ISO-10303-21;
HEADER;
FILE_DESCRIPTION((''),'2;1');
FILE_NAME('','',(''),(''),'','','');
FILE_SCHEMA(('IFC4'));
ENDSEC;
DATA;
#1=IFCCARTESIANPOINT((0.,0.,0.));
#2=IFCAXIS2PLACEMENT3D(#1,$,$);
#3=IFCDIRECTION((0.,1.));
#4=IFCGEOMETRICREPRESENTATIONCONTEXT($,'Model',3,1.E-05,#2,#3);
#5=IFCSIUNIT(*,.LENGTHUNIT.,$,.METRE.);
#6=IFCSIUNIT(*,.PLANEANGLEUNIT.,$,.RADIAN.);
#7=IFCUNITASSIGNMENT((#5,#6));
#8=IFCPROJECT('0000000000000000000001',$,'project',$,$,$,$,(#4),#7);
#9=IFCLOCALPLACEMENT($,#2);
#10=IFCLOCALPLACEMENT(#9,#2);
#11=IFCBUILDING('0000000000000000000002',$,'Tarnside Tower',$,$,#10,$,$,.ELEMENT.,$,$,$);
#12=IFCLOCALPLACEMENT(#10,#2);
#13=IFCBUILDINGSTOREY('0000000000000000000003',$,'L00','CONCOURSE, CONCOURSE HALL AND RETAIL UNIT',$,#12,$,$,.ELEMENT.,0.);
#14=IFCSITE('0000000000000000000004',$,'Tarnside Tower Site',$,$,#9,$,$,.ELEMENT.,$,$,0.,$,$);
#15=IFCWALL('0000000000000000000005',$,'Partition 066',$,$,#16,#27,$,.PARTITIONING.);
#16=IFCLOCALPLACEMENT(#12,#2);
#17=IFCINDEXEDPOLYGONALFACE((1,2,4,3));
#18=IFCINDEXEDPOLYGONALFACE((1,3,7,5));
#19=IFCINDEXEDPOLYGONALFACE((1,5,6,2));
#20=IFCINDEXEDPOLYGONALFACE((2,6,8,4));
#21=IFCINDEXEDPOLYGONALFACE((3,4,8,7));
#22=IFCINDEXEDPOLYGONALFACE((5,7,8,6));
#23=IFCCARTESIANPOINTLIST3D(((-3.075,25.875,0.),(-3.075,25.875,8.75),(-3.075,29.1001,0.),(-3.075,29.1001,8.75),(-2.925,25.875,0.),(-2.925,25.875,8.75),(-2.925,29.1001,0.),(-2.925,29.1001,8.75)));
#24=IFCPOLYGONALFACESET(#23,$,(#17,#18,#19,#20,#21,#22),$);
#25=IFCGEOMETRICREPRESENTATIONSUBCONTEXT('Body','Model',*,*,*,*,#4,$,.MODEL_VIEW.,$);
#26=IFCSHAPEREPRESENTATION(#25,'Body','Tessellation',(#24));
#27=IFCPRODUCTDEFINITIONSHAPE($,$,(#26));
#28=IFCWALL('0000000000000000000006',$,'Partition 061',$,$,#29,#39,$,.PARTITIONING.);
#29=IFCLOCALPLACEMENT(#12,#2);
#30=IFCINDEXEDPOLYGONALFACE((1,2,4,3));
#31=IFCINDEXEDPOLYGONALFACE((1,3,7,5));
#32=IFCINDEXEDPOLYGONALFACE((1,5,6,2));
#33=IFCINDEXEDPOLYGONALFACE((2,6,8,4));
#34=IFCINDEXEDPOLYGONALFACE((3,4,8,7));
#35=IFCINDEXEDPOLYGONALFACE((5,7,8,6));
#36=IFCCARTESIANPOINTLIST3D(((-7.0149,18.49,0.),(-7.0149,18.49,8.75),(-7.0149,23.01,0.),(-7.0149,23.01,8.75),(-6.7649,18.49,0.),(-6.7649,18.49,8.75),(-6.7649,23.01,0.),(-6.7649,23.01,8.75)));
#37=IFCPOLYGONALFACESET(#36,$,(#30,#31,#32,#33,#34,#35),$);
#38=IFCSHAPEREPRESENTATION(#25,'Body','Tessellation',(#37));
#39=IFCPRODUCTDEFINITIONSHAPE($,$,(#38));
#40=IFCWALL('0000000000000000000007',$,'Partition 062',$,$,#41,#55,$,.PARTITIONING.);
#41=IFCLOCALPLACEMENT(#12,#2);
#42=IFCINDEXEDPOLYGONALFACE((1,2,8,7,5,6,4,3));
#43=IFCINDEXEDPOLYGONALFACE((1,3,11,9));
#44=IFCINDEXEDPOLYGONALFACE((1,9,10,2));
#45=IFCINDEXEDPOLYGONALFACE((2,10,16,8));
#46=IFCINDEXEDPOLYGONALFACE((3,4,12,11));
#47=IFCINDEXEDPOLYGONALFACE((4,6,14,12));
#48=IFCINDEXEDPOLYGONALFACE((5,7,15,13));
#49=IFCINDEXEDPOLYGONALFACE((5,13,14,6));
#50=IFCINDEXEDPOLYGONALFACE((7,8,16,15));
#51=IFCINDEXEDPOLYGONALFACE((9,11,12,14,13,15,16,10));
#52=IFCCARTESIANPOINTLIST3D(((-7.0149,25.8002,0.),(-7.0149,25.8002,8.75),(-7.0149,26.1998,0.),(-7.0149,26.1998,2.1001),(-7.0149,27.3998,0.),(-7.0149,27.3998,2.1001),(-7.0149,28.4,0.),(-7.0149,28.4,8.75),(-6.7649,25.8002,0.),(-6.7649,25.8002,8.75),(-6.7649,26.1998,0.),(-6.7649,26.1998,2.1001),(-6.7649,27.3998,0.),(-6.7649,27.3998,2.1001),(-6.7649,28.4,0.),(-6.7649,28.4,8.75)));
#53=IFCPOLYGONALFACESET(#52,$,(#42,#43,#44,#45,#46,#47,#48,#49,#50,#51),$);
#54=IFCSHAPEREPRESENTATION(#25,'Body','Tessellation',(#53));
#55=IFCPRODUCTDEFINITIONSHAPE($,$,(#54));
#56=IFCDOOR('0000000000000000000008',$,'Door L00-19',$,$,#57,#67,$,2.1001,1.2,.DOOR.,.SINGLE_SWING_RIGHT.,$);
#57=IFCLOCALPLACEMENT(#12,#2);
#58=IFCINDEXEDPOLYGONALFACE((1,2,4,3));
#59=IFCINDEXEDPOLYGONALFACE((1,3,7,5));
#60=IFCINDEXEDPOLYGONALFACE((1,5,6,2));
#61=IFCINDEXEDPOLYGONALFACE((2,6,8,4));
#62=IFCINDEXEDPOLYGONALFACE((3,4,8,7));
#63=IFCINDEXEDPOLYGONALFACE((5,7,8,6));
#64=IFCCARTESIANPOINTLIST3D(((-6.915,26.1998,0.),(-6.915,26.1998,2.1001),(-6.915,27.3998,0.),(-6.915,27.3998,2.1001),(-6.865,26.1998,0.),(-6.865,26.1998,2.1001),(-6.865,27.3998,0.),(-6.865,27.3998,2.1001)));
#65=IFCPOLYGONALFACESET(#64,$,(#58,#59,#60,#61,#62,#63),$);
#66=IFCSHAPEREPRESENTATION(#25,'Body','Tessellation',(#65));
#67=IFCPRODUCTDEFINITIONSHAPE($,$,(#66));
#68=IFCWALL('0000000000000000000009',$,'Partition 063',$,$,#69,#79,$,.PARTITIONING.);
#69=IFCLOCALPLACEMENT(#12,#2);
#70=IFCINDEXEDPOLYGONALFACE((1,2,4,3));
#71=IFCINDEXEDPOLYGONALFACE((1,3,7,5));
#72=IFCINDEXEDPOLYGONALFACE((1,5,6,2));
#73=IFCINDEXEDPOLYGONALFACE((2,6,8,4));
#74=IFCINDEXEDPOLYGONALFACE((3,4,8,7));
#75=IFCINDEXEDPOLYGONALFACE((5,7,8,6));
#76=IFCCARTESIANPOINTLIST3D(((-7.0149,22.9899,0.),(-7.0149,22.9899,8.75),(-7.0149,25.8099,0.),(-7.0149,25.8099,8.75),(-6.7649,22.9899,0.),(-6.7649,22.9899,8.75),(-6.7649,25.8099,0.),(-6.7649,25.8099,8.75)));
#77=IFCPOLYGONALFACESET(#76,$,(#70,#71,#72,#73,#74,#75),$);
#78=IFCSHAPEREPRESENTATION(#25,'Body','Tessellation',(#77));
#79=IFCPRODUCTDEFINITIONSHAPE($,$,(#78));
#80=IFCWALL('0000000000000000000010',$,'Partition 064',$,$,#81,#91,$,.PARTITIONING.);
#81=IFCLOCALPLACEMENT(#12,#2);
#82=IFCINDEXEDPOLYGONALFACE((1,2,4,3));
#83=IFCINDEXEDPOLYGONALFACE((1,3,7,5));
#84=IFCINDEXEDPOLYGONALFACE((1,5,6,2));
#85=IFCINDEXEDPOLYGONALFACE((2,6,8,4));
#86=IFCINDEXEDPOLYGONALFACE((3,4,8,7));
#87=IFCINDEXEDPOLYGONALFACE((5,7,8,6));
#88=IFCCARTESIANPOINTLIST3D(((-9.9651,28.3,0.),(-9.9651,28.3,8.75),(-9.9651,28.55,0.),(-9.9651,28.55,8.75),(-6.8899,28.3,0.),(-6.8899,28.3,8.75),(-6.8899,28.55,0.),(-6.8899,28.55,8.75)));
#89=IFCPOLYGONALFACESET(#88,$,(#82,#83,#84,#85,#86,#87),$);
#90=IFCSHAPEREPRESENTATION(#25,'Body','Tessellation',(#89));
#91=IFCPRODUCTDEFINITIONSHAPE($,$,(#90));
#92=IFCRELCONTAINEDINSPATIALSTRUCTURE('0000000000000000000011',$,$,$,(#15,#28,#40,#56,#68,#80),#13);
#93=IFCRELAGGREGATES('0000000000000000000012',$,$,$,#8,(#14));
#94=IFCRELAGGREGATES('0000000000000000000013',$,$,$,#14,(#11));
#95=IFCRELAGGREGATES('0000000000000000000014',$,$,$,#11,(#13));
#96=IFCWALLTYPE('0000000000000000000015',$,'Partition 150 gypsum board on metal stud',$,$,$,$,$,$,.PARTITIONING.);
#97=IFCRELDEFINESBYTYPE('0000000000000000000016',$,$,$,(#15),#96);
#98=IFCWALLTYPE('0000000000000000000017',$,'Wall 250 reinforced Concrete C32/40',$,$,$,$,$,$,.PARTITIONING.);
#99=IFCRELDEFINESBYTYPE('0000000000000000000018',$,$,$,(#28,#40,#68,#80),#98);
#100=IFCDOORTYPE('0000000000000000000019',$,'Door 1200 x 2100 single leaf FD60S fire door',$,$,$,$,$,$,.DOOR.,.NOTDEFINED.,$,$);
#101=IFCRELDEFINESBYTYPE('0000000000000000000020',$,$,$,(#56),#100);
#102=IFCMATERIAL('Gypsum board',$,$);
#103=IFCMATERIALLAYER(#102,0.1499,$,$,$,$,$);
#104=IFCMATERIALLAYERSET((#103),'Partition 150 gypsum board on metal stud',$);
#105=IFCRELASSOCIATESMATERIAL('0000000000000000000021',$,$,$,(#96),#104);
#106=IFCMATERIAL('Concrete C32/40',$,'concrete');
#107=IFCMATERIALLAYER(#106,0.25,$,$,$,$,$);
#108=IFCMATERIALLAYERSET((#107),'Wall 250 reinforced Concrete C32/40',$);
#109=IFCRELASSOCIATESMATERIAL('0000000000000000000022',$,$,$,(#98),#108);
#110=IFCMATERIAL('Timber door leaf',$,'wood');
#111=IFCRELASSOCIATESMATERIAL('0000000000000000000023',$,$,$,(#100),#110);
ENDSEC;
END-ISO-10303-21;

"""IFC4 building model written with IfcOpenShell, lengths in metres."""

from ifc_helpers import new_model, si_unit, direction, frame, frame_2d, origin, place, context, subcontext, project, spatial, rectangle, extrude, material, layer, layer_set, type_object, element, fill, save


model = new_model("IFC4")

# Units and contexts
model_context = context("Model", 3, precision=1e-05, world=origin(), true_north=direction((0.0, 1.0)))
body_context = subcontext(model_context, "Body", "Model", "MODEL_VIEW")
ifc_project = project(units=[si_unit("LENGTHUNIT", "METRE"), si_unit("PLANEANGLEUNIT", "RADIAN")], contexts=[model_context])

# Site, building, storey
site_placement = place(None, origin())
site = spatial("IfcSite", under=ifc_project, at=site_placement, Name="Tarnside Tower Site", CompositionType="ELEMENT", RefElevation=0.0)
building_placement = place(site_placement, origin())
building = spatial("IfcBuilding", under=site, at=building_placement, Name="Tarnside Tower", CompositionType="ELEMENT")
storey_placement = place(building_placement, origin())
storey = spatial("IfcBuildingStorey", under=building, at=storey_placement, Name="L00", Description="CONCOURSE, CONCOURSE HALL AND RETAIL UNIT", CompositionType="ELEMENT", Elevation=0.0)

# Walls
ifc_material_1 = material(Name="Gypsum board")
ifc_layer_1 = layer(ifc_material_1, 0.1499)
ifc_layer_set_1 = layer_set([ifc_layer_1], Name="Partition 150 gypsum board on metal stud")
wall_type_1 = type_object("IfcWallType", Name="Partition 150 gypsum board on metal stud", PredefinedType="PARTITIONING", material=ifc_layer_set_1)
wall_1_placement = place(storey_placement, frame((-3.0, 29.1001, 0.0), z_axis=(0.0, 0.0, 1.0), x_axis=(0.0, -1.0, 0.0)))
element("IfcWall", 1, at=wall_1_placement, inside=storey, type_object=wall_type_1, Name="Partition 066", PredefinedType="PARTITIONING", context=body_context, shape_type="SweptSolid", body=[
    extrude(rectangle(XDim=3.2251, YDim=0.1499, at=frame_2d((1.6125, 0.0))), origin(), (0.0, 0.0, 1.0), 8.75),
])
ifc_material_2 = material(Name="Concrete C32/40", Category="concrete")
ifc_layer_2 = layer(ifc_material_2, 0.25)
ifc_layer_set_2 = layer_set([ifc_layer_2], Name="Wall 250 reinforced Concrete C32/40")
wall_type_2 = type_object("IfcWallType", Name="Wall 250 reinforced Concrete C32/40", PredefinedType="PARTITIONING", material=ifc_layer_set_2)
wall_2_placement = place(storey_placement, frame((-6.8899, 23.01, 0.0), z_axis=(0.0, 0.0, 1.0), x_axis=(0.0, -1.0, 0.0)))
element("IfcWall", 2, at=wall_2_placement, inside=storey, type_object=wall_type_2, Name="Partition 061", PredefinedType="PARTITIONING", context=body_context, shape_type="SweptSolid", body=[
    extrude(rectangle(XDim=4.52, YDim=0.25, at=frame_2d((2.26, 0.0))), origin(), (0.0, 0.0, 1.0), 8.75),
])

# Wall, opening, door
wall_3_placement = place(storey_placement, frame((-6.8899, 28.3999, 0.0), z_axis=(0.0, 0.0, 1.0), x_axis=(0.0, -1.0, 0.0)))
wall_3 = element("IfcWall", 3, at=wall_3_placement, inside=storey, type_object=wall_type_2, Name="Partition 062", PredefinedType="PARTITIONING", context=body_context, shape_type="SweptSolid", body=[
    extrude(rectangle(XDim=2.5999, YDim=0.25, at=frame_2d((1.2998, 0.0))), origin(), (0.0, 0.0, 1.0), 8.75),
])
opening_1_placement = place(wall_3_placement, frame((1.0, 0.0, 0.0)))
opening_1 = element("IfcOpeningElement", 4, at=opening_1_placement, cuts=wall_3, PredefinedType="OPENING", context=body_context, shape_type="SweptSolid", body=[
    extrude(rectangle(XDim=1.2, YDim=2.1001, at=frame_2d((0.6001, 1.05))), frame((0.0, 0.135, 0.0), z_axis=(0.0, -1.0, 0.0), x_axis=(1.0, 0.0, 0.0)), (0.0, 0.0, 1.0), 0.27),
])
ifc_material_3 = material(Name="Timber door leaf", Category="wood")
door_type_1 = type_object("IfcDoorType", Name="Door 1200 x 2100 single leaf FD60S fire door", OperationType="NOTDEFINED", PredefinedType="DOOR", material=ifc_material_3)
door_1_placement = place(opening_1_placement, origin())
door_1 = element("IfcDoor", 5, at=door_1_placement, inside=storey, type_object=door_type_1, Name="Door L00-19", OperationType="SINGLE_SWING_RIGHT", OverallHeight=2.1001, OverallWidth=1.2, PredefinedType="DOOR", context=body_context, shape_type="SweptSolid", body=[
    extrude(rectangle(XDim=1.2, YDim=2.1001, at=frame_2d((0.6001, 1.05))), frame((0.0, 0.0249, 0.0), z_axis=(0.0, -1.0, 0.0), x_axis=(1.0, 0.0, 0.0)), (0.0, 0.0, 1.0), 0.05),
])
fill(opening_1, door_1)

# Walls
wall_4_placement = place(storey_placement, frame((-6.8899, 25.8101, 0.0), z_axis=(0.0, 0.0, 1.0), x_axis=(0.0, -1.0, 0.0)))
element("IfcWall", 6, at=wall_4_placement, inside=storey, type_object=wall_type_2, Name="Partition 063", PredefinedType="PARTITIONING", context=body_context, shape_type="SweptSolid", body=[
    extrude(rectangle(XDim=2.8201, YDim=0.25, at=frame_2d((1.4102, 0.0))), origin(), (0.0, 0.0, 1.0), 8.75),
])
wall_5_placement = place(storey_placement, frame((-6.8899, 28.425, 0.0), z_axis=(0.0, 0.0, 1.0), x_axis=(-1.0, 0.0, 0.0)))
element("IfcWall", 7, at=wall_5_placement, inside=storey, type_object=wall_type_2, Name="Partition 064", PredefinedType="PARTITIONING", context=body_context, shape_type="SweptSolid", body=[
    extrude(rectangle(XDim=3.0752, YDim=0.25, at=frame_2d((1.5376, 0.0))), origin(), (0.0, 0.0, 1.0), 8.75),
])

save(model, "model.ifc")
